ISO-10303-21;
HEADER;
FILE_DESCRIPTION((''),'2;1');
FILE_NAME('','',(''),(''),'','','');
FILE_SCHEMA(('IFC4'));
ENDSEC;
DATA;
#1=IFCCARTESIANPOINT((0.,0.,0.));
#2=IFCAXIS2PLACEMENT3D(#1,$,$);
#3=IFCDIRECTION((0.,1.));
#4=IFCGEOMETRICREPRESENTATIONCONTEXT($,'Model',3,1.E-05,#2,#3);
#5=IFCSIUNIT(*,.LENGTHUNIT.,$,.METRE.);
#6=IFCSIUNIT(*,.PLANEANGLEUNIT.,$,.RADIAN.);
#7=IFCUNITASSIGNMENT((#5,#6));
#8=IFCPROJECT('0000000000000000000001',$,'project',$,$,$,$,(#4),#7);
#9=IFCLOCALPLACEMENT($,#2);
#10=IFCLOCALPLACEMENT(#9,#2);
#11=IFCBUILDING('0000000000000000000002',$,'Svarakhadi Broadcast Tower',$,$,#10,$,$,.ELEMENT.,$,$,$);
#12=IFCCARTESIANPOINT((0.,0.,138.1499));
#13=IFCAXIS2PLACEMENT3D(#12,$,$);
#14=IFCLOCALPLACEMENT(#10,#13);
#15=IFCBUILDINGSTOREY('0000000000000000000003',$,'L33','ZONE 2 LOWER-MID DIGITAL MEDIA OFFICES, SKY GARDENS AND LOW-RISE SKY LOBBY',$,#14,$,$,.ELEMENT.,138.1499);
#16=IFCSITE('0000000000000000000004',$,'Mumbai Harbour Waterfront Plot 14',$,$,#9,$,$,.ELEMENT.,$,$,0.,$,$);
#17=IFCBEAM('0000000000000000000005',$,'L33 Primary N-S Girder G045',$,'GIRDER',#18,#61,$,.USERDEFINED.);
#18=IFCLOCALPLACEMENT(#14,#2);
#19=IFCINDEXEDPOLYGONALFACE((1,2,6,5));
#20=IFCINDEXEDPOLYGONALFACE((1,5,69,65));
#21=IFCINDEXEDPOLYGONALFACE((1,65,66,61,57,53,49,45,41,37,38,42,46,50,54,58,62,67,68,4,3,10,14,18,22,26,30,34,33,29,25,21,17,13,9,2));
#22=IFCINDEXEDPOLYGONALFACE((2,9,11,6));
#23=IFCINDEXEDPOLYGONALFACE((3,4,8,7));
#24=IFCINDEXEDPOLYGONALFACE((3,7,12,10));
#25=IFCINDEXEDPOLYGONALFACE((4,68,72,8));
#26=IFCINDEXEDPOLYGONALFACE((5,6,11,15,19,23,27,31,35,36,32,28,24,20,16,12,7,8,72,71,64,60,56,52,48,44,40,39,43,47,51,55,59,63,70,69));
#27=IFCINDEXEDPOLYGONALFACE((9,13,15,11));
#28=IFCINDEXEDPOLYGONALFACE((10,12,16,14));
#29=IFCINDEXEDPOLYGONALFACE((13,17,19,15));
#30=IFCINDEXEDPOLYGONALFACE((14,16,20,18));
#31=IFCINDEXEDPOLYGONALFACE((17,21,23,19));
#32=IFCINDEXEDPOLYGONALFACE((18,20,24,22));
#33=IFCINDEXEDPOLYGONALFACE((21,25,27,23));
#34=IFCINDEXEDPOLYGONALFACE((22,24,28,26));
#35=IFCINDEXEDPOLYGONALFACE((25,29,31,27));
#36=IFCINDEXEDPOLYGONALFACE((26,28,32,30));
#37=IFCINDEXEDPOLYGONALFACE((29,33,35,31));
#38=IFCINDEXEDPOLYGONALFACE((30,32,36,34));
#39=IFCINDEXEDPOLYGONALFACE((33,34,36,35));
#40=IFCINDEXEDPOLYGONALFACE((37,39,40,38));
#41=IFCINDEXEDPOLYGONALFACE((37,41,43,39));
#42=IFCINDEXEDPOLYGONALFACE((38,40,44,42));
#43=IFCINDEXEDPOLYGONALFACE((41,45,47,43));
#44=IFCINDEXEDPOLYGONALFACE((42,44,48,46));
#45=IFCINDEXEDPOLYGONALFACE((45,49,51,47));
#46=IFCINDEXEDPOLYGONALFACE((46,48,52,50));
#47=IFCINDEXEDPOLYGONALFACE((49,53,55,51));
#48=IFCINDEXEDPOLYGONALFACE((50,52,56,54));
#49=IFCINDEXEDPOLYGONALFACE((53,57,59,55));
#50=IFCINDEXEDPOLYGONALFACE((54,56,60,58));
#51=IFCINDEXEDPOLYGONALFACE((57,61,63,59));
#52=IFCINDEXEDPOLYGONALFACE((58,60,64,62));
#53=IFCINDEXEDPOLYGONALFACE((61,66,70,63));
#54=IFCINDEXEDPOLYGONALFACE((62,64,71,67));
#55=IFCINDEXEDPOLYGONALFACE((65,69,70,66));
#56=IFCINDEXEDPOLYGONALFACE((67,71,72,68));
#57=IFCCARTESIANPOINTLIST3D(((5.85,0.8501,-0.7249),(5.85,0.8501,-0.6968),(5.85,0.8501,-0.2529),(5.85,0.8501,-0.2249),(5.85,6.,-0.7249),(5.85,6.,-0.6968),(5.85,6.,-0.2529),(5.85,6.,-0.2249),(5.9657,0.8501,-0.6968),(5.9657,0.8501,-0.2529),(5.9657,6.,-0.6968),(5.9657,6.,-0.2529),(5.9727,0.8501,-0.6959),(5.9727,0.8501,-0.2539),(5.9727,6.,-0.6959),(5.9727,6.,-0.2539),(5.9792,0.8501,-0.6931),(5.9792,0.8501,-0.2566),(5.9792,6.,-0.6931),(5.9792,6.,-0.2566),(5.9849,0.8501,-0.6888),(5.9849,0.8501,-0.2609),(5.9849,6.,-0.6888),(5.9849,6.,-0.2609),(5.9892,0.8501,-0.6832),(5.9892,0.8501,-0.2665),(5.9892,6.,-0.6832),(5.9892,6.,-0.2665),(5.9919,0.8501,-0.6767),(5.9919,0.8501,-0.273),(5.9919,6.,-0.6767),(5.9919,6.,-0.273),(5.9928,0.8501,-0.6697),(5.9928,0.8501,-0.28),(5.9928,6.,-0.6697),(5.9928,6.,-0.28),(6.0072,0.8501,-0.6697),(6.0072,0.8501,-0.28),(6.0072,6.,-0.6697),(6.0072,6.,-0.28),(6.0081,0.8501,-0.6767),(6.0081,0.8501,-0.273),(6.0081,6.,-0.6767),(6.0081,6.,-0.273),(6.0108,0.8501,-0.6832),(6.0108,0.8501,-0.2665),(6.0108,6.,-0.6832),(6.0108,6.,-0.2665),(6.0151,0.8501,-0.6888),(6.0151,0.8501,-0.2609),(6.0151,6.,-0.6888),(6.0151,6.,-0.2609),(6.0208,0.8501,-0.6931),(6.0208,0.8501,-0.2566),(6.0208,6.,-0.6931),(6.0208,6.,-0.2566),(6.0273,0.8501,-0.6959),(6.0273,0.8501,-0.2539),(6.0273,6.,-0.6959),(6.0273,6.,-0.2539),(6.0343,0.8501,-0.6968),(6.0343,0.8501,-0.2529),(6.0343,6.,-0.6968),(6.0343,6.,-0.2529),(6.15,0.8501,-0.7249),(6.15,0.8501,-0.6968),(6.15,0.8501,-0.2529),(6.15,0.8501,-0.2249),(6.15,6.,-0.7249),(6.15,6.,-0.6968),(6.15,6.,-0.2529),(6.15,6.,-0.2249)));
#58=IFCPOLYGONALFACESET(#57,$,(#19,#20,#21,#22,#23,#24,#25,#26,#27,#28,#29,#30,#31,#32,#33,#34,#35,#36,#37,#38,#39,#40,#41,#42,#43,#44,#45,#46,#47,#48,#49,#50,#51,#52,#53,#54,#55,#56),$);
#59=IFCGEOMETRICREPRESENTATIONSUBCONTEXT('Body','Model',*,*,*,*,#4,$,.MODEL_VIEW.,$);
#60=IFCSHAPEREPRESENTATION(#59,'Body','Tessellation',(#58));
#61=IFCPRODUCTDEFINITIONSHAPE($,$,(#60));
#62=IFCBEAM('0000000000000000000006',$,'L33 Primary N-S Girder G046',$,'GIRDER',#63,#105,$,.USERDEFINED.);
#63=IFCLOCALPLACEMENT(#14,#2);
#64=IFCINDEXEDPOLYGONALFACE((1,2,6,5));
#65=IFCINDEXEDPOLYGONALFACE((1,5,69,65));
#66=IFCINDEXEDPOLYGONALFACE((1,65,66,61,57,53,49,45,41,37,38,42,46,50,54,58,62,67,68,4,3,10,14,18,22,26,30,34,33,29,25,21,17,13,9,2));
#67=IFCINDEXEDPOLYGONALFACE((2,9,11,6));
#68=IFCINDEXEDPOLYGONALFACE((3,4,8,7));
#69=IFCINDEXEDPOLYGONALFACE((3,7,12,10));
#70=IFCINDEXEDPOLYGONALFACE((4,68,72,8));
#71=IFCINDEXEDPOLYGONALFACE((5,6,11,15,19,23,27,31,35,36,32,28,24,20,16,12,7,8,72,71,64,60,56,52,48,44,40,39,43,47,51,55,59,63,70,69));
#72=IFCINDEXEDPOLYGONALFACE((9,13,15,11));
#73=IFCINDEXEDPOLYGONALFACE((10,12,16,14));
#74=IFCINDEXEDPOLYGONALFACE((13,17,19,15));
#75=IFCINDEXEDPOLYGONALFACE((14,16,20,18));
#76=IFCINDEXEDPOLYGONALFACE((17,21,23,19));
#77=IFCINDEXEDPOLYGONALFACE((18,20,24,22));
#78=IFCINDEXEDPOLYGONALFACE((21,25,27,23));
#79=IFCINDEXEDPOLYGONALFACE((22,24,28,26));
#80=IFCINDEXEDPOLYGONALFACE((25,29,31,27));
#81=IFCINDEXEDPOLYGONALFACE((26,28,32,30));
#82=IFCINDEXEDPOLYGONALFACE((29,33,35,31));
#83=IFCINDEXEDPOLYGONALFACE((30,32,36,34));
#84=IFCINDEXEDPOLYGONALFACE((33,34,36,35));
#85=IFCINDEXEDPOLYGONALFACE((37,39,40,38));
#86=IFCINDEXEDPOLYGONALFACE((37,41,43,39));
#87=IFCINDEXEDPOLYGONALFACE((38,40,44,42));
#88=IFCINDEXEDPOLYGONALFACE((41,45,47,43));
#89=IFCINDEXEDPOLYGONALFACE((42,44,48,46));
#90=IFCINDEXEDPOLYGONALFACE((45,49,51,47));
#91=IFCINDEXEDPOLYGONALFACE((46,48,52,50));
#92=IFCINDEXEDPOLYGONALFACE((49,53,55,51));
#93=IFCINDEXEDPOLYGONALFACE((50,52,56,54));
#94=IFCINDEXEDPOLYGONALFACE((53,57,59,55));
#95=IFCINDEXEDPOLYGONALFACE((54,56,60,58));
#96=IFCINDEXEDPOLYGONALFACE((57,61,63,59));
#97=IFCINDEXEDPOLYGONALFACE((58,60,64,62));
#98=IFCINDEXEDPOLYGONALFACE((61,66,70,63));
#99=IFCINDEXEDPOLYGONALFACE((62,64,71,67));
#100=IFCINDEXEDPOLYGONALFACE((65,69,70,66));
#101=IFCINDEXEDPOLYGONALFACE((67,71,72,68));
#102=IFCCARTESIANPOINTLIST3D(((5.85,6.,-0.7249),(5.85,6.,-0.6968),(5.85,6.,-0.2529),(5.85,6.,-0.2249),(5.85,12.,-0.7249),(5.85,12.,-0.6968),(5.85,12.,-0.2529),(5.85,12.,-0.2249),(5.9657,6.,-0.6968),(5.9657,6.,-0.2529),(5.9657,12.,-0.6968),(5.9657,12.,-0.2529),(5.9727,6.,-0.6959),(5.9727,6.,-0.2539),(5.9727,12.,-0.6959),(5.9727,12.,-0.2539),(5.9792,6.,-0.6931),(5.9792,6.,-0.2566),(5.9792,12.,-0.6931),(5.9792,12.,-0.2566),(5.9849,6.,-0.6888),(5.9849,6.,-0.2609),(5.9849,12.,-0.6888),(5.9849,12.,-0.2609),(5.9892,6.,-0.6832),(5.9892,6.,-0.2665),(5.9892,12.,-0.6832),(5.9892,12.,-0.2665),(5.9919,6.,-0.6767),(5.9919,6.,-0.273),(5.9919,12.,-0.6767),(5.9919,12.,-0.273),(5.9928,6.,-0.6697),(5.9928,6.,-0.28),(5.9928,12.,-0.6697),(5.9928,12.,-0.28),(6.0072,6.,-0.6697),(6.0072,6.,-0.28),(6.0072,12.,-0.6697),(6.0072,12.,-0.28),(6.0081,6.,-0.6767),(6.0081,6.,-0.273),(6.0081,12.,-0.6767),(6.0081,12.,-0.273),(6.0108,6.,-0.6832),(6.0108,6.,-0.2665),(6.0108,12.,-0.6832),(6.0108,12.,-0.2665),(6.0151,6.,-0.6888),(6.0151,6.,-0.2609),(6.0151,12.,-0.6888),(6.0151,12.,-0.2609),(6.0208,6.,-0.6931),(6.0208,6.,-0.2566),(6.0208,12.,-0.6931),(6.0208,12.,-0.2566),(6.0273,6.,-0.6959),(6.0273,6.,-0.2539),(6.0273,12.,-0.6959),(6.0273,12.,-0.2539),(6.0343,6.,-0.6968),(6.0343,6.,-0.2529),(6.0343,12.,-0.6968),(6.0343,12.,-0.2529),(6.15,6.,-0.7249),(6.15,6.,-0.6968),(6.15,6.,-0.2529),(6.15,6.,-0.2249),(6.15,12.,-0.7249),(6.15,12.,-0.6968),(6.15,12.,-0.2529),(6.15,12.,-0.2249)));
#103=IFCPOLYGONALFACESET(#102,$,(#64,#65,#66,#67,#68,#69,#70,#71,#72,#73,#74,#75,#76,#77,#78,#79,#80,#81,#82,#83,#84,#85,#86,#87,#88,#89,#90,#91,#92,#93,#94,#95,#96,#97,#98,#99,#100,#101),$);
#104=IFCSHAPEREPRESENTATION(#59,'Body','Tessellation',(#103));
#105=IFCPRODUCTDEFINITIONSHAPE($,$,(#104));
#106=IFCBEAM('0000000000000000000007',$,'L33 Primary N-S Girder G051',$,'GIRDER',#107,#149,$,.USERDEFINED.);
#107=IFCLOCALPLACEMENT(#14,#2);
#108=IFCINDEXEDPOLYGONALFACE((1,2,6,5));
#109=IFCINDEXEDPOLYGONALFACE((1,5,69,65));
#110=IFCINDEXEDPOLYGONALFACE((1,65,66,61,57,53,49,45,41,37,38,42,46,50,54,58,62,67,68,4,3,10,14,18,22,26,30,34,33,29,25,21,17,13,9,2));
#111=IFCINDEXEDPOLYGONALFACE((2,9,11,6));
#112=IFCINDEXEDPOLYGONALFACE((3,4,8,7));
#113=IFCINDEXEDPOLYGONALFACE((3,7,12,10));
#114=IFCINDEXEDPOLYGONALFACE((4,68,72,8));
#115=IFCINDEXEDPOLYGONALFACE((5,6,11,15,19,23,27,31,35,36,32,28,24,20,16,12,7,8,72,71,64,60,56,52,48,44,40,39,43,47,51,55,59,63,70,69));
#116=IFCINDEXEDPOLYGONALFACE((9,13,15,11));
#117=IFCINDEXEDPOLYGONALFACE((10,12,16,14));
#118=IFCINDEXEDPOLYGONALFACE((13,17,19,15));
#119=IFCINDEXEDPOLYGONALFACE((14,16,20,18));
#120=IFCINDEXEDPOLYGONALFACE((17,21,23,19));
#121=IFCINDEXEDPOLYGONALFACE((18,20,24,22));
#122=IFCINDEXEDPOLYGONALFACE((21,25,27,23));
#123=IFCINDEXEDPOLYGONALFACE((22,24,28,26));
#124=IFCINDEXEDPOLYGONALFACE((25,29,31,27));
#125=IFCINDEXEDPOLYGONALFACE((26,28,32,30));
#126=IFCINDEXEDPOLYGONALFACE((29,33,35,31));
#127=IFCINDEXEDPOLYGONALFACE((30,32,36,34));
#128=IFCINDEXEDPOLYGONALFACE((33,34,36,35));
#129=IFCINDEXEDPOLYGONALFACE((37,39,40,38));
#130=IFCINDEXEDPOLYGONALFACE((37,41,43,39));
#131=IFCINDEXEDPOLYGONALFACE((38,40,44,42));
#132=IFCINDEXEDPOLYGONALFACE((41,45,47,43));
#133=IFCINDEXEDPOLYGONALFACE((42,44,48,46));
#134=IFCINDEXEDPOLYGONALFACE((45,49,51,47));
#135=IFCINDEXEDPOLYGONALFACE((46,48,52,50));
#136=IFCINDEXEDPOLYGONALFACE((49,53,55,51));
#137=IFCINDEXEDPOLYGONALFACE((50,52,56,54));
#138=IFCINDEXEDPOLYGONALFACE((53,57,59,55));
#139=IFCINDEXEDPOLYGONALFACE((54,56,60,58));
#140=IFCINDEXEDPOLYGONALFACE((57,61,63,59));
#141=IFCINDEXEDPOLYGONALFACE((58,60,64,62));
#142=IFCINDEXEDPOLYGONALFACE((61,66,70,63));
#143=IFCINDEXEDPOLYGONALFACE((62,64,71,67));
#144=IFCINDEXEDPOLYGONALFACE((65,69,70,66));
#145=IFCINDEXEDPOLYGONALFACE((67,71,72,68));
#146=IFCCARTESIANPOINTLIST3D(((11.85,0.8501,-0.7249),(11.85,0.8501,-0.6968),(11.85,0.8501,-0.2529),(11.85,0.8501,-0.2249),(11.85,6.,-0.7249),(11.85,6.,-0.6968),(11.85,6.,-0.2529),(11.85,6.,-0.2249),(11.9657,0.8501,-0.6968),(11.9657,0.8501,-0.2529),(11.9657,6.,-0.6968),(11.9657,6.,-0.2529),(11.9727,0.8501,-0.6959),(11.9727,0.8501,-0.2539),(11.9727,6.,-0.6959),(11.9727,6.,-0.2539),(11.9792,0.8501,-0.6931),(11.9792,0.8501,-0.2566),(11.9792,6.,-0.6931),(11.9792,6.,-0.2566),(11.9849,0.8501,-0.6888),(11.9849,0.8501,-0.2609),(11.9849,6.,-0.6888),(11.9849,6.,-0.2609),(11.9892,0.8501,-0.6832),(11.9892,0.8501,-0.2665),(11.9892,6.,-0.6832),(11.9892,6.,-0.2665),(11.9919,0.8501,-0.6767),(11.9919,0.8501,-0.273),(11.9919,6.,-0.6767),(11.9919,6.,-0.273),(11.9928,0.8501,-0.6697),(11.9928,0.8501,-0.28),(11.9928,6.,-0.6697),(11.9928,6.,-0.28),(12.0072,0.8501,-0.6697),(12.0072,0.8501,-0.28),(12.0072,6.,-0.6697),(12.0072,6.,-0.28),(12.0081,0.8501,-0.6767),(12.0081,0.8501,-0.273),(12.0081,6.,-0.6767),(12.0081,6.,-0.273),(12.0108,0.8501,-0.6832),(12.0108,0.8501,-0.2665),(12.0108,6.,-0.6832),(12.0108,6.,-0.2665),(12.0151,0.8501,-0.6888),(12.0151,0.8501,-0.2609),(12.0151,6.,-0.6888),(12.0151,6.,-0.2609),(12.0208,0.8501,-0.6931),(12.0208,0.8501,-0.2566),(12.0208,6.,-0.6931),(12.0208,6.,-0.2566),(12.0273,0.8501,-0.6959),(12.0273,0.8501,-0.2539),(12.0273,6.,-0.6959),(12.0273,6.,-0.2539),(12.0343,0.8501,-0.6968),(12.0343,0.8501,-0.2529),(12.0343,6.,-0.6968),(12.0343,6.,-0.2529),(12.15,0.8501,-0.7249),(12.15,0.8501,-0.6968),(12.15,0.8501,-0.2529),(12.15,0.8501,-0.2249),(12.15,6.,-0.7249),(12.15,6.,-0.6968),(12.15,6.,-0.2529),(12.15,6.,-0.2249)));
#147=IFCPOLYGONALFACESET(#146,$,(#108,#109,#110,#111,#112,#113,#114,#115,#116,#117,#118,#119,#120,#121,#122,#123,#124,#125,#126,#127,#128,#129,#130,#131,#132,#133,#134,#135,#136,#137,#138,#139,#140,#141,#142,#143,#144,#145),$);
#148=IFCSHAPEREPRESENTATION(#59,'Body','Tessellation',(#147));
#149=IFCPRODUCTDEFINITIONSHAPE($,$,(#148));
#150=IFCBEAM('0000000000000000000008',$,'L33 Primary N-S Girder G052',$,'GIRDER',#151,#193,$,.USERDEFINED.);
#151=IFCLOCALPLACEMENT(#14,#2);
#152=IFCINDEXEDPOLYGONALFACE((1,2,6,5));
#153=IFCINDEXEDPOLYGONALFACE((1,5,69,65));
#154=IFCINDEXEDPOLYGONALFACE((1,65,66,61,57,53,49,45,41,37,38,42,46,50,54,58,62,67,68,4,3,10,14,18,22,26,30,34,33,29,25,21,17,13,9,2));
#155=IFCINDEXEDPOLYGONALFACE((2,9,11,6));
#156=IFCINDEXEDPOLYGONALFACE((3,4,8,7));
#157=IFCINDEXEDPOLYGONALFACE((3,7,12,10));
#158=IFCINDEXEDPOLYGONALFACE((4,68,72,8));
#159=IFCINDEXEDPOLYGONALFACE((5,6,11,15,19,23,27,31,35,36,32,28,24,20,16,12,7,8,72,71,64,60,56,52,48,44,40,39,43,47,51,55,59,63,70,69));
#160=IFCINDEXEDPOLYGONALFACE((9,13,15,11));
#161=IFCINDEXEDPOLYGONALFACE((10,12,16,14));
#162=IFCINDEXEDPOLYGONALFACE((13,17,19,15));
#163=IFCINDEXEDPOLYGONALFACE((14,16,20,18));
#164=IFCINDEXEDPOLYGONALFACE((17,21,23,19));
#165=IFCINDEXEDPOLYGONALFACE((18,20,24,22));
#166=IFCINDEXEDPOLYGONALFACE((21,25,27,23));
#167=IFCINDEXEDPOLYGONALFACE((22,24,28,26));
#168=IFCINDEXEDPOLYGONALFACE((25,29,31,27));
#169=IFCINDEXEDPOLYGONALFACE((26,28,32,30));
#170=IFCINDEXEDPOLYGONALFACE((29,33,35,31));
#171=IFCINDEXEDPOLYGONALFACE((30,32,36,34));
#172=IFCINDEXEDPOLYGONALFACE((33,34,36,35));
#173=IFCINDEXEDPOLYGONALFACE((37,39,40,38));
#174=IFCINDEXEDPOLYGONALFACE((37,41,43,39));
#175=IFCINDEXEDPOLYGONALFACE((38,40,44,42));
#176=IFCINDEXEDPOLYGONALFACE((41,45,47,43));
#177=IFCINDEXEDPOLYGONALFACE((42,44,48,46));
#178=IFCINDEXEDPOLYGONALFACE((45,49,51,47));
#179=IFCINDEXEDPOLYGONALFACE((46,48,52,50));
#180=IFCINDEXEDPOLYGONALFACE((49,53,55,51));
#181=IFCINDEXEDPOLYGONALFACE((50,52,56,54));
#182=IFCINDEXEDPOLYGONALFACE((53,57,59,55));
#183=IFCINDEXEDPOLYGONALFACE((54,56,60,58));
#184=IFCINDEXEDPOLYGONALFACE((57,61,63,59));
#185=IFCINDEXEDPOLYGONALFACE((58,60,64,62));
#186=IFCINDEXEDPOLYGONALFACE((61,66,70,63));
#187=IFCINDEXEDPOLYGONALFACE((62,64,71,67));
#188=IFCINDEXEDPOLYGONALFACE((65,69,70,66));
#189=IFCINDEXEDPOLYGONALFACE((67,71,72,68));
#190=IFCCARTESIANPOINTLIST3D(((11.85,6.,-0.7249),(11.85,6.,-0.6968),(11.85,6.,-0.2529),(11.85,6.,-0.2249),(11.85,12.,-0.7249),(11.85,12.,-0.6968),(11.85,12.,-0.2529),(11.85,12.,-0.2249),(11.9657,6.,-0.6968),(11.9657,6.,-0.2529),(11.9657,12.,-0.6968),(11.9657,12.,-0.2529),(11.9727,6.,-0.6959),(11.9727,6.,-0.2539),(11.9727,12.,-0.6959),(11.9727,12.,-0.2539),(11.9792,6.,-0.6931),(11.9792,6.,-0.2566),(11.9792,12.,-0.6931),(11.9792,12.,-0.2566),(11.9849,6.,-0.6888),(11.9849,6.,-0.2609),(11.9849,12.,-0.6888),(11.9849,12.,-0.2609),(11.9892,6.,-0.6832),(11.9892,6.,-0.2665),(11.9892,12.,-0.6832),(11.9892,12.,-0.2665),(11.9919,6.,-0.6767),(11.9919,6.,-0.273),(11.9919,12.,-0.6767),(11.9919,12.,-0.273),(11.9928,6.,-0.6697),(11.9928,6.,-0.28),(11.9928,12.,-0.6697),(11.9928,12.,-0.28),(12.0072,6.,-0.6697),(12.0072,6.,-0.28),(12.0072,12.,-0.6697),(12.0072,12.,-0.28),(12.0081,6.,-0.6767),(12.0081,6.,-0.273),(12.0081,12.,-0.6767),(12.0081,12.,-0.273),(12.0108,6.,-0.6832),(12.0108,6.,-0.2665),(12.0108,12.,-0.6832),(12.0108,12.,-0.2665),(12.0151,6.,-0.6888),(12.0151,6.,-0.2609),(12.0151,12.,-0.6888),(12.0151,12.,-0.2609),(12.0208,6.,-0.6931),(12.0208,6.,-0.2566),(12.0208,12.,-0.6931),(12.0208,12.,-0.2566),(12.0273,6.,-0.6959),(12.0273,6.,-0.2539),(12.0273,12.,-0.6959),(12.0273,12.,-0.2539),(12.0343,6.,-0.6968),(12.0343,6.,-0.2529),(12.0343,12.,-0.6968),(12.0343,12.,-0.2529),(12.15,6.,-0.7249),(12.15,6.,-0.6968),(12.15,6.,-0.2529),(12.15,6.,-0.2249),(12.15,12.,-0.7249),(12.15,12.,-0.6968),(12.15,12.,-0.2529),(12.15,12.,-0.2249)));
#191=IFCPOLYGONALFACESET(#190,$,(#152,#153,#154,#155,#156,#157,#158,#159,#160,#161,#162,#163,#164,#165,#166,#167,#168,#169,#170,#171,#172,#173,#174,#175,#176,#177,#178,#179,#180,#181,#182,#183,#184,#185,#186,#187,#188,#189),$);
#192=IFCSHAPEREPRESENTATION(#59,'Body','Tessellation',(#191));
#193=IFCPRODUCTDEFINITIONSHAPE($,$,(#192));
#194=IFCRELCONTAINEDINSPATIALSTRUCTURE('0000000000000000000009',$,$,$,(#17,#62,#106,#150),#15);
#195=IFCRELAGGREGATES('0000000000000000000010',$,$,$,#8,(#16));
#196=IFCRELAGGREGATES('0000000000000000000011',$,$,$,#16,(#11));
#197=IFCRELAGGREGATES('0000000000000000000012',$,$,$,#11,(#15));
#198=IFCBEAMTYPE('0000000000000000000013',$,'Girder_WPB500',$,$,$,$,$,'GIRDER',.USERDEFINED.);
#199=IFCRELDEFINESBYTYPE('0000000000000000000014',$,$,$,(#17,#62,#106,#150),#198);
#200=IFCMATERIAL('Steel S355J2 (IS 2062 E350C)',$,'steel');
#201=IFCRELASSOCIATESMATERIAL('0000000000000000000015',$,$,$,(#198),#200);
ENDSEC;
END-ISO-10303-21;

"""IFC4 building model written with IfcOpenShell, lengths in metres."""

from ifc_helpers import new_model, si_unit, direction, frame, origin, origin_2d, place, context, subcontext, project, spatial, i_section, extrude, material, material_profile, profile_set, type_object, element, save


model = new_model("IFC4")

# Units and contexts
model_context = context("Model", 3, precision=1e-05, world=origin(), true_north=direction((0.0, 1.0)))
body_context = subcontext(model_context, "Body", "Model", "MODEL_VIEW")
ifc_project = project(units=[si_unit("LENGTHUNIT", "METRE"), si_unit("PLANEANGLEUNIT", "RADIAN")], contexts=[model_context])

# Site, building, storey
site_placement = place(None, origin())
site = spatial("IfcSite", under=ifc_project, at=site_placement, Name="Mumbai Harbour Waterfront Plot 14", CompositionType="ELEMENT", RefElevation=0.0)
building_placement = place(site_placement, origin())
building = spatial("IfcBuilding", under=site, at=building_placement, Name="Svarakhadi Broadcast Tower", CompositionType="ELEMENT")
storey_placement = place(building_placement, frame((0.0, 0.0, 138.1499)))
storey = spatial("IfcBuildingStorey", under=building, at=storey_placement, Name="L33", Description="ZONE 2 LOWER-MID DIGITAL MEDIA OFFICES, SKY GARDENS AND LOW-RISE SKY LOBBY", CompositionType="ELEMENT", Elevation=138.1499)

# Shared definitions
ifc_material_1 = material(Name="Steel S355J2 (IS 2062 E350C)", Category="steel")

# Beams
ifc_material_profile_1 = material_profile(ifc_material_1, i_section(OverallWidth=0.3, OverallDepth=0.5, WebThickness=0.0144, FlangeThickness=0.0281, FilletRadius=0.0271, at=origin_2d()), Name="WPB 500x300x187")
ifc_profile_set_1 = profile_set([ifc_material_profile_1], Name="Steel S355J2 (IS 2062 E350C)")
beam_type_1 = type_object("IfcBeamType", Name="Girder_WPB500", ElementType="GIRDER", PredefinedType="USERDEFINED", material=ifc_profile_set_1)
beam_1_placement = place(storey_placement, frame((6.0, 0.8501, -0.4749), z_axis=(0.0, 1.0, 0.0), x_axis=(-1.0, 0.0, 0.0)))
element("IfcBeam", 1, at=beam_1_placement, inside=storey, type_object=beam_type_1, Name="L33 Primary N-S Girder G045", ObjectType="GIRDER", PredefinedType="USERDEFINED", context=body_context, shape_type="SweptSolid", body=[
    extrude(i_section(OverallWidth=0.3, OverallDepth=0.5, WebThickness=0.0144, FlangeThickness=0.0281, FilletRadius=0.0271, at=origin_2d()), origin(), (0.0, 0.0, 1.0), 5.1499),
])
beam_2_placement = place(storey_placement, frame((6.0, 6.0, -0.4749), z_axis=(0.0, 1.0, 0.0), x_axis=(-1.0, 0.0, 0.0)))
element("IfcBeam", 2, at=beam_2_placement, inside=storey, type_object=beam_type_1, Name="L33 Primary N-S Girder G046", ObjectType="GIRDER", PredefinedType="USERDEFINED", context=body_context, shape_type="SweptSolid", body=[
    extrude(i_section(OverallWidth=0.3, OverallDepth=0.5, WebThickness=0.0144, FlangeThickness=0.0281, FilletRadius=0.0271, at=origin_2d()), origin(), (0.0, 0.0, 1.0), 6.0),
])
beam_3_placement = place(storey_placement, frame((12.0, 0.8501, -0.4749), z_axis=(0.0, 1.0, 0.0), x_axis=(-1.0, 0.0, 0.0)))
element("IfcBeam", 3, at=beam_3_placement, inside=storey, type_object=beam_type_1, Name="L33 Primary N-S Girder G051", ObjectType="GIRDER", PredefinedType="USERDEFINED", context=body_context, shape_type="SweptSolid", body=[
    extrude(i_section(OverallWidth=0.3, OverallDepth=0.5, WebThickness=0.0144, FlangeThickness=0.0281, FilletRadius=0.0271, at=origin_2d()), origin(), (0.0, 0.0, 1.0), 5.1499),
])
beam_4_placement = place(storey_placement, frame((12.0, 6.0, -0.4749), z_axis=(0.0, 1.0, 0.0), x_axis=(-1.0, 0.0, 0.0)))
element("IfcBeam", 4, at=beam_4_placement, inside=storey, type_object=beam_type_1, Name="L33 Primary N-S Girder G052", ObjectType="GIRDER", PredefinedType="USERDEFINED", context=body_context, shape_type="SweptSolid", body=[
    extrude(i_section(OverallWidth=0.3, OverallDepth=0.5, WebThickness=0.0144, FlangeThickness=0.0281, FilletRadius=0.0271, at=origin_2d()), origin(), (0.0, 0.0, 1.0), 6.0),
])

save(model, "model.ifc")
